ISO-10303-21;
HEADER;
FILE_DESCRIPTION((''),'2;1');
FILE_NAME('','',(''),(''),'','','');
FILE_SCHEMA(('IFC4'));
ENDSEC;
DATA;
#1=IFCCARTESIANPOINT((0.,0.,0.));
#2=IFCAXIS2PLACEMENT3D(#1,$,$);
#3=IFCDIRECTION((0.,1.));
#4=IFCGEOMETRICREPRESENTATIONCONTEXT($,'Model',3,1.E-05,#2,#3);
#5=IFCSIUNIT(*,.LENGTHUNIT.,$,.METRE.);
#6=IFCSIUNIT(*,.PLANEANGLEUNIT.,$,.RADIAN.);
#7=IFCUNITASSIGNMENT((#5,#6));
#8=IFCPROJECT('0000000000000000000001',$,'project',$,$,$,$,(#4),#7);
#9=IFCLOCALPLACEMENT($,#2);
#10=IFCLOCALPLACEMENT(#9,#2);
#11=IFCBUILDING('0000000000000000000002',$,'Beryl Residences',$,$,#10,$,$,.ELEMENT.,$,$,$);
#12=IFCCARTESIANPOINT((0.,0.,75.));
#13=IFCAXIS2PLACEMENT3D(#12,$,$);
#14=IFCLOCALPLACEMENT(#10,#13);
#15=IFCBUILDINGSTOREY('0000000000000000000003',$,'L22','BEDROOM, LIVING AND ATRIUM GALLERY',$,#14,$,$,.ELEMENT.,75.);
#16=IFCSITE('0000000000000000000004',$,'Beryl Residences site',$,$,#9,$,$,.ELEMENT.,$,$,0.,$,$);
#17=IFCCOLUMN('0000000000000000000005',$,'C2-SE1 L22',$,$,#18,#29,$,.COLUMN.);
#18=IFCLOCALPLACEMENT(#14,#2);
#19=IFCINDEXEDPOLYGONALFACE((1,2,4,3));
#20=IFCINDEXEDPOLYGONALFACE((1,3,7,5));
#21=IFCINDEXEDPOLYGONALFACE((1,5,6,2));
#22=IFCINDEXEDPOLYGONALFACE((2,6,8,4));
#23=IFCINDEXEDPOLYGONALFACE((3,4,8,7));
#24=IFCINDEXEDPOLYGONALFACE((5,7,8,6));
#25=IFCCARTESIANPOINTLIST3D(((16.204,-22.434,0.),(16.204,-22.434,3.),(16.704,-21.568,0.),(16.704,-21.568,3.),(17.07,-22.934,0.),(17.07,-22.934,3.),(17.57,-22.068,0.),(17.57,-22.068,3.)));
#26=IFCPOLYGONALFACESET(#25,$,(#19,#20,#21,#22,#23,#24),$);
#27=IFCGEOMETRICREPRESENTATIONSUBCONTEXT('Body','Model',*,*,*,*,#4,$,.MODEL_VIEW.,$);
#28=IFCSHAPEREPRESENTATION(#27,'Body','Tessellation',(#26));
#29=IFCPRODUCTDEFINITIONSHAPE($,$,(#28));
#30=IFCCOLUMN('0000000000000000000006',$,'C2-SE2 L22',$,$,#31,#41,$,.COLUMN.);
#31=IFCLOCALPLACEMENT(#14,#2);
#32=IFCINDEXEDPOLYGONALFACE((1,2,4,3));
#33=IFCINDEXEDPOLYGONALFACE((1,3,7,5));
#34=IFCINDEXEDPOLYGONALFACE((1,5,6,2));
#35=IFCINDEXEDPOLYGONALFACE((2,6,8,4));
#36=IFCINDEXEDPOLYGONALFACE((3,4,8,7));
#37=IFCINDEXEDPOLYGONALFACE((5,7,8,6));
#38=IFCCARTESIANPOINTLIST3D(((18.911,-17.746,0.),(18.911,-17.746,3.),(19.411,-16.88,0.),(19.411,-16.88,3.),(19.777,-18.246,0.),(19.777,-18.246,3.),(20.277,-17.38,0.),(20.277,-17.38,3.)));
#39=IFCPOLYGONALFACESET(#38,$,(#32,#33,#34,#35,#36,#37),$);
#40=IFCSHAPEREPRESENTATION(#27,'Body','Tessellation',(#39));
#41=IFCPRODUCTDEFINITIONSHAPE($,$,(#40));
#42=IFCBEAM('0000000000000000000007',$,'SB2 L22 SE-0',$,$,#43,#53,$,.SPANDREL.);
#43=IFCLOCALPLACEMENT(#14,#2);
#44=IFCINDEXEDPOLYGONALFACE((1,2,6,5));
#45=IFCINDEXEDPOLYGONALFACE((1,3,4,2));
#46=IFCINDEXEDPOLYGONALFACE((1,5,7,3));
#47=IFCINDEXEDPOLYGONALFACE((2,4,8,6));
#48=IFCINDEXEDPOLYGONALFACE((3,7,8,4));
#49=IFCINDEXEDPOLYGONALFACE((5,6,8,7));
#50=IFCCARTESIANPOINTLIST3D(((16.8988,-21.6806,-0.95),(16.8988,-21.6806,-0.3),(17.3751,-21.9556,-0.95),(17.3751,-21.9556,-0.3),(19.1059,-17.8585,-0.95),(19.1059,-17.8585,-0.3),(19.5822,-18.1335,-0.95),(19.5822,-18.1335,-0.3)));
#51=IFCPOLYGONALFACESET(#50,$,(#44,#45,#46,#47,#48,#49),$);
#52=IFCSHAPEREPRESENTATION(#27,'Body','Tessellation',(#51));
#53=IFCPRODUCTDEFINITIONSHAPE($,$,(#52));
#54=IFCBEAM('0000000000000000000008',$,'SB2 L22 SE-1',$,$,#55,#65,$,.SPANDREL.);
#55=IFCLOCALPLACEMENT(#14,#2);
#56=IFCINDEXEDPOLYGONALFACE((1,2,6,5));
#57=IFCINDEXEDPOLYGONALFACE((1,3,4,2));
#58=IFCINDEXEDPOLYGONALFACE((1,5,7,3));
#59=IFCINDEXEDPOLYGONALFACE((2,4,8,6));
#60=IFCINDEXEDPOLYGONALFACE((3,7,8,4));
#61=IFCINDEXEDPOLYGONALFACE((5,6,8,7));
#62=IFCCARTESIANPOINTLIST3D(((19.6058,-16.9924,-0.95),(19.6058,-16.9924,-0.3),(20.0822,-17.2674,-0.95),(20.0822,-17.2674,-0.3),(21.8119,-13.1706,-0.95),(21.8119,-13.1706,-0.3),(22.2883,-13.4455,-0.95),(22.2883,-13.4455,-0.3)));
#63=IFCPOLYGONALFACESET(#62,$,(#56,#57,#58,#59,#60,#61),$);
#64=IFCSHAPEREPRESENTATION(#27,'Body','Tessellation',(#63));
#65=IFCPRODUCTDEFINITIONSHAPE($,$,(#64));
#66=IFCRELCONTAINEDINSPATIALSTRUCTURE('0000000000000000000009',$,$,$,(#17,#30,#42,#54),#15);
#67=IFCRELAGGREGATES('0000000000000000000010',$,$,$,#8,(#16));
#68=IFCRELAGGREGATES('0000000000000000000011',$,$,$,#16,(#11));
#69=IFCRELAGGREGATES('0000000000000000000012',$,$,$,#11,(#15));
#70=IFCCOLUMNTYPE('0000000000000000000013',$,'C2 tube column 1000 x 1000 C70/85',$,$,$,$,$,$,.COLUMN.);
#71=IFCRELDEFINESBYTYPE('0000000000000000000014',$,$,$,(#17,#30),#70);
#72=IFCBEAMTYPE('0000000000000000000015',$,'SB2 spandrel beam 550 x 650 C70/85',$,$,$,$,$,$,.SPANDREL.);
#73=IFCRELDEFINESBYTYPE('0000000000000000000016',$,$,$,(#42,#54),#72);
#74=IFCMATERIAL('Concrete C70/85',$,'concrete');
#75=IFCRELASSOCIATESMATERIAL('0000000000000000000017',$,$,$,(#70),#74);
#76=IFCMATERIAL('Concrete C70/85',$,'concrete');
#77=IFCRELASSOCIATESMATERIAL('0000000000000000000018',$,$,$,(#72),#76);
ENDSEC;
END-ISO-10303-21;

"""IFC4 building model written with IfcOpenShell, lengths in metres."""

from ifc_helpers import new_model, si_unit, direction, frame, origin, origin_2d, place, context, subcontext, project, spatial, rectangle, extrude, material, material_profile, profile_set, type_object, element, save


model = new_model("IFC4")

# Units and contexts
model_context = context("Model", 3, precision=1e-05, world=origin(), true_north=direction((0.0, 1.0)))
body_context = subcontext(model_context, "Body", "Model", "MODEL_VIEW")
ifc_project = project(units=[si_unit("LENGTHUNIT", "METRE"), si_unit("PLANEANGLEUNIT", "RADIAN")], contexts=[model_context])

# Site, building, storey
site_placement = place(None, origin())
site = spatial("IfcSite", under=ifc_project, at=site_placement, Name="Beryl Residences site", CompositionType="ELEMENT", RefElevation=0.0)
building_placement = place(site_placement, origin())
building = spatial("IfcBuilding", under=site, at=building_placement, Name="Beryl Residences", CompositionType="ELEMENT")
storey_placement = place(building_placement, frame((0.0, 0.0, 75.0)))
storey = spatial("IfcBuildingStorey", under=building, at=storey_placement, Name="L22", Description="BEDROOM, LIVING AND ATRIUM GALLERY", CompositionType="ELEMENT", Elevation=75.0)

# Columns
ifc_material_1 = material(Name="Concrete C70/85", Category="concrete")
ifc_material_profile_1 = material_profile(ifc_material_1, rectangle(XDim=1.0, YDim=1.0, at=origin_2d()))
ifc_profile_set_1 = profile_set([ifc_material_profile_1], Name="Concrete C70/85")
column_type = type_object("IfcColumnType", Name="C2 tube column 1000 x 1000 C70/85", PredefinedType="COLUMN", material=ifc_profile_set_1)
for number, where, z_axis, x_axis, name in (
    (1, (16.887, -22.251, 0.0), (0.0, 0.0, 1.0), (0.5, 0.866025, 0.0), "C2-SE1 L22"),
    (2, (19.594, -17.563, 0.0), (0.0, 0.0, 1.0), (0.5, 0.866025, 0.0), "C2-SE2 L22"),
):
    element("IfcColumn", number, at=place(storey_placement, frame(where, z_axis=z_axis, x_axis=x_axis)), inside=storey, type_object=column_type, Name=name, PredefinedType="COLUMN", context=body_context, shape_type="SweptSolid", body=[
        extrude(rectangle(XDim=1.0, YDim=1.0, at=origin_2d()), origin(), (0.0, 0.0, 1.0), 3.0),
    ])

# Beams
ifc_material_2 = material(Name="Concrete C70/85", Category="concrete")
ifc_material_profile_2 = material_profile(ifc_material_2, rectangle(XDim=0.55, YDim=0.6499, at=origin_2d()))
ifc_profile_set_2 = profile_set([ifc_material_profile_2], Name="Concrete C70/85")
beam_type = type_object("IfcBeamType", Name="SB2 spandrel beam 550 x 650 C70/85", PredefinedType="SPANDREL", material=ifc_profile_set_2)
beam_1_placement = place(storey_placement, frame((17.137, -21.8181, -0.625), z_axis=(0.500066, 0.865988, 0.0), x_axis=(-0.865988, 0.500066, 0.0)))
element("IfcBeam", 3, at=beam_1_placement, inside=storey, type_object=beam_type, Name="SB2 L22 SE-0", PredefinedType="SPANDREL", context=body_context, shape_type="SweptSolid", body=[
    extrude(rectangle(XDim=0.55, YDim=0.6499, at=origin_2d()), origin(), (0.0, 0.0, 1.0), 4.4136),
])
beam_2_placement = place(storey_placement, frame((19.844, -17.1299, -0.625), z_axis=(0.499924, 0.86607, 0.0), x_axis=(-0.86607, 0.499924, 0.0)))
element("IfcBeam", 4, at=beam_2_placement, inside=storey, type_object=beam_type, Name="SB2 L22 SE-1", PredefinedType="SPANDREL", context=body_context, shape_type="SweptSolid", body=[
    extrude(rectangle(XDim=0.55, YDim=0.6499, at=origin_2d()), origin(), (0.0, 0.0, 1.0), 4.4128),
])

save(model, "model.ifc")
